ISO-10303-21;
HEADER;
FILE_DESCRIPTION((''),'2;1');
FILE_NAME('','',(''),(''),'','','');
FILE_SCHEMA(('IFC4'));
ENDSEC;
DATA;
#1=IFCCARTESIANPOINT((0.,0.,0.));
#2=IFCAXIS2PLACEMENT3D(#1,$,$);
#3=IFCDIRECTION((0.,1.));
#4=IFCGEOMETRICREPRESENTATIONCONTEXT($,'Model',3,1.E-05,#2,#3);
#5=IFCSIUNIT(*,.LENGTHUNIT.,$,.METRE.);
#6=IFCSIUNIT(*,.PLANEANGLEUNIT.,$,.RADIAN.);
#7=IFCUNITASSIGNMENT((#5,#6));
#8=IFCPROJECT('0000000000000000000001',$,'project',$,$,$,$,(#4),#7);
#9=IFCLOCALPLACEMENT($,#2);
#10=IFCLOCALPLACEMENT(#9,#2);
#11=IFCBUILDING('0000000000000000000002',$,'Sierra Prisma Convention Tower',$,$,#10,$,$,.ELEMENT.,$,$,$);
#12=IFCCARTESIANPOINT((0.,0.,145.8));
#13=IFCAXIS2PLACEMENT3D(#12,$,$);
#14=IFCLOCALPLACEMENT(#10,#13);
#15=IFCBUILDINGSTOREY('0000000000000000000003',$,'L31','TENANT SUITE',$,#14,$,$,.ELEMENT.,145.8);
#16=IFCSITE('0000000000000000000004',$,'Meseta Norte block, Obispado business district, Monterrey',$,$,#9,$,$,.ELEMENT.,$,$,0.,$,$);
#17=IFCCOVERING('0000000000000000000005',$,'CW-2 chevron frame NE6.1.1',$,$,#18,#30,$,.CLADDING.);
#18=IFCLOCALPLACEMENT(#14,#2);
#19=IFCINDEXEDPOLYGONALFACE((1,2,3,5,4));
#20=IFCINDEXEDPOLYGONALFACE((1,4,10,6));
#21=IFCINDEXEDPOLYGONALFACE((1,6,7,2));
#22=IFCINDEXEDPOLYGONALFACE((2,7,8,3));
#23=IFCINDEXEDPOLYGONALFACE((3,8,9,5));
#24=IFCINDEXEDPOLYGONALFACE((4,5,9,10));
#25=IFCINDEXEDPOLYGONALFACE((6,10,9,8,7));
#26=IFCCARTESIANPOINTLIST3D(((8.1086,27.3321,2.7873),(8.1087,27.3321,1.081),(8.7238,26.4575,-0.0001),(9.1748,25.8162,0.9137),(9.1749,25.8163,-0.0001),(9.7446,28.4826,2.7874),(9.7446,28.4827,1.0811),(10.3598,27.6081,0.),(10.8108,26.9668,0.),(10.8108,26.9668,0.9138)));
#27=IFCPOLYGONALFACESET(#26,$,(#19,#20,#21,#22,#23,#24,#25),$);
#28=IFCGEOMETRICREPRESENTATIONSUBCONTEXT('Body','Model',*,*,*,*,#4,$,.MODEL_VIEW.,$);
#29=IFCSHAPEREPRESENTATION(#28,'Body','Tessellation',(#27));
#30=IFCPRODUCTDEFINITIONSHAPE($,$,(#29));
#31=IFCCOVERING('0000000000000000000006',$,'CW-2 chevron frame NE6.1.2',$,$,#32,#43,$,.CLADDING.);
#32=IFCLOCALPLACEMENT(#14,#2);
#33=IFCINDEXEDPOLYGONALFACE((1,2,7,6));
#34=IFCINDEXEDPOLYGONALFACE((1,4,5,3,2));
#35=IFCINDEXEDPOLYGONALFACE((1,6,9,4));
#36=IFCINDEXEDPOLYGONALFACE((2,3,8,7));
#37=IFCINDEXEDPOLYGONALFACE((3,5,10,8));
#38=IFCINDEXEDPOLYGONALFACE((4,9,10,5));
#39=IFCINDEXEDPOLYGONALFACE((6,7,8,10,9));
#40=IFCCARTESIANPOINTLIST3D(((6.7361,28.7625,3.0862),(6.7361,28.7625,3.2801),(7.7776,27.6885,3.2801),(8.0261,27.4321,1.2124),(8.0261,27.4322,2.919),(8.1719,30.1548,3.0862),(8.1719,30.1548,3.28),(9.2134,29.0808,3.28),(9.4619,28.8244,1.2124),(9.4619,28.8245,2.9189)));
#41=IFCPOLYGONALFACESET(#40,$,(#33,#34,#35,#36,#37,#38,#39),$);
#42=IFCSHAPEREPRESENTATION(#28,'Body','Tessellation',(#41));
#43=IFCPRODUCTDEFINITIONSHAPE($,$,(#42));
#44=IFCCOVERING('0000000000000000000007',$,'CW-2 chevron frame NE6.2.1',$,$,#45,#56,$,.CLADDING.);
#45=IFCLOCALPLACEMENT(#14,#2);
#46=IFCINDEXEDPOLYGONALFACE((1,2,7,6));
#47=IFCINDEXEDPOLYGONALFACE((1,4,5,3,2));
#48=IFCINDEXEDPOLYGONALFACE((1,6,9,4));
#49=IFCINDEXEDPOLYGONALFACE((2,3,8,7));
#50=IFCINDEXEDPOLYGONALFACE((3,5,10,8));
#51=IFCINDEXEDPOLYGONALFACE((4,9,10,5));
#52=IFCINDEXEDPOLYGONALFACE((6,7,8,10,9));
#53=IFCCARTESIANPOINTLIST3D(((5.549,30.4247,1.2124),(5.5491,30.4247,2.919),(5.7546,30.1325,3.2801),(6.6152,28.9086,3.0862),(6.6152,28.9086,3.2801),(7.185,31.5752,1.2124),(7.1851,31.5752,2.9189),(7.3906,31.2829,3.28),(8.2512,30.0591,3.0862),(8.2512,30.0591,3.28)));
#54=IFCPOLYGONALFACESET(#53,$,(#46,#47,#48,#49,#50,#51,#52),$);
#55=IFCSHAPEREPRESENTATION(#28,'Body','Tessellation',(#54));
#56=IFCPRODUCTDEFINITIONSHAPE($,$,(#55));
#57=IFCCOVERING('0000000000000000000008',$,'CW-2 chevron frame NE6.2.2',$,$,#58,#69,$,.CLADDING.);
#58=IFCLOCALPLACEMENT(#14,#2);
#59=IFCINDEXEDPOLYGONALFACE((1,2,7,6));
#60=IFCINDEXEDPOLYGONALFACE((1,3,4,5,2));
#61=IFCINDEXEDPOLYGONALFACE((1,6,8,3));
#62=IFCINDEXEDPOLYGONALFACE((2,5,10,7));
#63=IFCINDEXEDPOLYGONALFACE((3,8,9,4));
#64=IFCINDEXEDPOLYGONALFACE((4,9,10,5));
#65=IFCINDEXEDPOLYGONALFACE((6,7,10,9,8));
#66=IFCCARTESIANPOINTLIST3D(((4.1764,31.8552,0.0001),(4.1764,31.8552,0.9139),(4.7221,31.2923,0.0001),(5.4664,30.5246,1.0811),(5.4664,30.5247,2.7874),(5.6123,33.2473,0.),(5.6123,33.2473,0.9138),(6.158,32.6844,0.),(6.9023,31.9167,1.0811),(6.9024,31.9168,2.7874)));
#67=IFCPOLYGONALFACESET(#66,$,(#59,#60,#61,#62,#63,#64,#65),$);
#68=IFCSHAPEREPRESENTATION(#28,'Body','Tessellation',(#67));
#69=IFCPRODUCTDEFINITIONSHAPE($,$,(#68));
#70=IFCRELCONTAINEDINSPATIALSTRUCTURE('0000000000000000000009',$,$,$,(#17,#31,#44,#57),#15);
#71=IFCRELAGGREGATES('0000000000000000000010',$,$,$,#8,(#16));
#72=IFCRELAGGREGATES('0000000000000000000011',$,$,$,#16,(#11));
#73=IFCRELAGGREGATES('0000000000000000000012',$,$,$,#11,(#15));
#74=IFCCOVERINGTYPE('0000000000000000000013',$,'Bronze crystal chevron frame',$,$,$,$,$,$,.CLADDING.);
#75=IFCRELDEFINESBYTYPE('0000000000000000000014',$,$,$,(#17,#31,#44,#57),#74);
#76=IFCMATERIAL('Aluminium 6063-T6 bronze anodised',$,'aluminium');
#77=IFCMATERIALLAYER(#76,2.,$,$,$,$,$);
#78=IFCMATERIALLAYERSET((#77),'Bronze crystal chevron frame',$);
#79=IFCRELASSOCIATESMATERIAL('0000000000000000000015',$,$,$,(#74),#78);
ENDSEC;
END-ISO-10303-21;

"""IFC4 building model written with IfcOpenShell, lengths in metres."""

from ifc_helpers import new_model, si_unit, direction, frame, origin, place, context, subcontext, project, spatial, polyline, outline, extrude, material, layer, layer_set, type_object, element, save


model = new_model("IFC4")

# Units and contexts
model_context = context("Model", 3, precision=1e-05, world=origin(), true_north=direction((0.0, 1.0)))
body_context = subcontext(model_context, "Body", "Model", "MODEL_VIEW")
ifc_project = project(units=[si_unit("LENGTHUNIT", "METRE"), si_unit("PLANEANGLEUNIT", "RADIAN")], contexts=[model_context])

# Site, building, storey
site_placement = place(None, origin())
site = spatial("IfcSite", under=ifc_project, at=site_placement, Name="Meseta Norte block, Obispado business district, Monterrey", CompositionType="ELEMENT", RefElevation=0.0)
building_placement = place(site_placement, origin())
building = spatial("IfcBuilding", under=site, at=building_placement, Name="Sierra Prisma Convention Tower", CompositionType="ELEMENT")
storey_placement = place(building_placement, frame((0.0, 0.0, 145.8)))
storey = spatial("IfcBuildingStorey", under=building, at=storey_placement, Name="L31", Description="TENANT SUITE", CompositionType="ELEMENT", Elevation=145.8)

# Coverings
ifc_material_1 = material(Name="Aluminium 6063-T6 bronze anodised", Category="aluminium")
ifc_layer_1 = layer(ifc_material_1, 2.0)
ifc_layer_set_1 = layer_set([ifc_layer_1], Name="Bronze crystal chevron frame")
covering_type = type_object("IfcCoveringType", Name="Bronze crystal chevron frame", PredefinedType="CLADDING", material=ifc_layer_set_1)
covering_1_placement = place(storey_placement, frame((10.8108, 26.9668, 0.0), z_axis=(0.817963, 0.575271, 0.000043), x_axis=(-0.575271, 0.817963, 0.0)))
element("IfcCovering", 1, at=covering_1_placement, inside=storey, type_object=covering_type, Name="CW-2 chevron frame NE6.1.1", PredefinedType="CLADDING", context=body_context, shape_type="SweptSolid", body=[
    extrude(outline(polyline([(0.0, 0.0), (0.784, 0.0), (1.8533, 1.0811), (1.8533, 2.7874), (0.0, 0.9138), (0.0, 0.0)])), origin(), (0.0, 0.0, -1.0), 2.0),
])
covering_2_placement = place(storey_placement, frame((9.4619, 28.8245, 2.9189), z_axis=(0.71789, 0.696156, -0.000016), x_axis=(-0.000012, -0.000011, -1.0)))
element("IfcCovering", 2, at=covering_2_placement, inside=storey, type_object=covering_type, Name="CW-2 chevron frame NE6.1.2", PredefinedType="CLADDING", context=body_context, shape_type="SweptSolid", body=[
    extrude(outline(polyline([(0.0, 0.0), (1.7065, 0.0), (-0.1672, 1.8531), (-0.3611, 1.8531), (-0.3611, 0.357), (0.0, 0.0)])), origin(), (0.0, 0.0, -1.0), 2.0),
])
covering_3_placement = place(storey_placement, frame((8.2512, 30.0591, 3.28), z_axis=(0.817995, 0.575226, -0.000022), x_axis=(-0.000018, -0.000013, -1.0)))
element("IfcCovering", 3, at=covering_3_placement, inside=storey, type_object=covering_type, Name="CW-2 chevron frame NE6.2.1", PredefinedType="CLADDING", context=body_context, shape_type="SweptSolid", body=[
    extrude(outline(polyline([(0.0, 0.0), (0.1938, 0.0), (2.0676, 1.8535), (0.3611, 1.8535), (0.0, 1.4962), (0.0, 0.0)])), origin(), (0.0, 0.0, -1.0), 2.0),
])
covering_4_placement = place(storey_placement, frame((5.6123, 33.2473, 0.0), z_axis=(0.717974, 0.69607, -0.000043), x_axis=(0.000031, 0.00003, 1.0)))
element("IfcCovering", 4, at=covering_4_placement, inside=storey, type_object=covering_type, Name="CW-2 chevron frame NE6.2.2", PredefinedType="CLADDING", context=body_context, shape_type="SweptSolid", body=[
    extrude(outline(polyline([(0.0, 0.0), (0.9138, 0.0), (2.7874, 1.8533), (1.0811, 1.8533), (0.0, 0.784), (0.0, 0.0)])), origin(), (0.0, 0.0, -1.0), 2.0),
])

save(model, "model.ifc")
